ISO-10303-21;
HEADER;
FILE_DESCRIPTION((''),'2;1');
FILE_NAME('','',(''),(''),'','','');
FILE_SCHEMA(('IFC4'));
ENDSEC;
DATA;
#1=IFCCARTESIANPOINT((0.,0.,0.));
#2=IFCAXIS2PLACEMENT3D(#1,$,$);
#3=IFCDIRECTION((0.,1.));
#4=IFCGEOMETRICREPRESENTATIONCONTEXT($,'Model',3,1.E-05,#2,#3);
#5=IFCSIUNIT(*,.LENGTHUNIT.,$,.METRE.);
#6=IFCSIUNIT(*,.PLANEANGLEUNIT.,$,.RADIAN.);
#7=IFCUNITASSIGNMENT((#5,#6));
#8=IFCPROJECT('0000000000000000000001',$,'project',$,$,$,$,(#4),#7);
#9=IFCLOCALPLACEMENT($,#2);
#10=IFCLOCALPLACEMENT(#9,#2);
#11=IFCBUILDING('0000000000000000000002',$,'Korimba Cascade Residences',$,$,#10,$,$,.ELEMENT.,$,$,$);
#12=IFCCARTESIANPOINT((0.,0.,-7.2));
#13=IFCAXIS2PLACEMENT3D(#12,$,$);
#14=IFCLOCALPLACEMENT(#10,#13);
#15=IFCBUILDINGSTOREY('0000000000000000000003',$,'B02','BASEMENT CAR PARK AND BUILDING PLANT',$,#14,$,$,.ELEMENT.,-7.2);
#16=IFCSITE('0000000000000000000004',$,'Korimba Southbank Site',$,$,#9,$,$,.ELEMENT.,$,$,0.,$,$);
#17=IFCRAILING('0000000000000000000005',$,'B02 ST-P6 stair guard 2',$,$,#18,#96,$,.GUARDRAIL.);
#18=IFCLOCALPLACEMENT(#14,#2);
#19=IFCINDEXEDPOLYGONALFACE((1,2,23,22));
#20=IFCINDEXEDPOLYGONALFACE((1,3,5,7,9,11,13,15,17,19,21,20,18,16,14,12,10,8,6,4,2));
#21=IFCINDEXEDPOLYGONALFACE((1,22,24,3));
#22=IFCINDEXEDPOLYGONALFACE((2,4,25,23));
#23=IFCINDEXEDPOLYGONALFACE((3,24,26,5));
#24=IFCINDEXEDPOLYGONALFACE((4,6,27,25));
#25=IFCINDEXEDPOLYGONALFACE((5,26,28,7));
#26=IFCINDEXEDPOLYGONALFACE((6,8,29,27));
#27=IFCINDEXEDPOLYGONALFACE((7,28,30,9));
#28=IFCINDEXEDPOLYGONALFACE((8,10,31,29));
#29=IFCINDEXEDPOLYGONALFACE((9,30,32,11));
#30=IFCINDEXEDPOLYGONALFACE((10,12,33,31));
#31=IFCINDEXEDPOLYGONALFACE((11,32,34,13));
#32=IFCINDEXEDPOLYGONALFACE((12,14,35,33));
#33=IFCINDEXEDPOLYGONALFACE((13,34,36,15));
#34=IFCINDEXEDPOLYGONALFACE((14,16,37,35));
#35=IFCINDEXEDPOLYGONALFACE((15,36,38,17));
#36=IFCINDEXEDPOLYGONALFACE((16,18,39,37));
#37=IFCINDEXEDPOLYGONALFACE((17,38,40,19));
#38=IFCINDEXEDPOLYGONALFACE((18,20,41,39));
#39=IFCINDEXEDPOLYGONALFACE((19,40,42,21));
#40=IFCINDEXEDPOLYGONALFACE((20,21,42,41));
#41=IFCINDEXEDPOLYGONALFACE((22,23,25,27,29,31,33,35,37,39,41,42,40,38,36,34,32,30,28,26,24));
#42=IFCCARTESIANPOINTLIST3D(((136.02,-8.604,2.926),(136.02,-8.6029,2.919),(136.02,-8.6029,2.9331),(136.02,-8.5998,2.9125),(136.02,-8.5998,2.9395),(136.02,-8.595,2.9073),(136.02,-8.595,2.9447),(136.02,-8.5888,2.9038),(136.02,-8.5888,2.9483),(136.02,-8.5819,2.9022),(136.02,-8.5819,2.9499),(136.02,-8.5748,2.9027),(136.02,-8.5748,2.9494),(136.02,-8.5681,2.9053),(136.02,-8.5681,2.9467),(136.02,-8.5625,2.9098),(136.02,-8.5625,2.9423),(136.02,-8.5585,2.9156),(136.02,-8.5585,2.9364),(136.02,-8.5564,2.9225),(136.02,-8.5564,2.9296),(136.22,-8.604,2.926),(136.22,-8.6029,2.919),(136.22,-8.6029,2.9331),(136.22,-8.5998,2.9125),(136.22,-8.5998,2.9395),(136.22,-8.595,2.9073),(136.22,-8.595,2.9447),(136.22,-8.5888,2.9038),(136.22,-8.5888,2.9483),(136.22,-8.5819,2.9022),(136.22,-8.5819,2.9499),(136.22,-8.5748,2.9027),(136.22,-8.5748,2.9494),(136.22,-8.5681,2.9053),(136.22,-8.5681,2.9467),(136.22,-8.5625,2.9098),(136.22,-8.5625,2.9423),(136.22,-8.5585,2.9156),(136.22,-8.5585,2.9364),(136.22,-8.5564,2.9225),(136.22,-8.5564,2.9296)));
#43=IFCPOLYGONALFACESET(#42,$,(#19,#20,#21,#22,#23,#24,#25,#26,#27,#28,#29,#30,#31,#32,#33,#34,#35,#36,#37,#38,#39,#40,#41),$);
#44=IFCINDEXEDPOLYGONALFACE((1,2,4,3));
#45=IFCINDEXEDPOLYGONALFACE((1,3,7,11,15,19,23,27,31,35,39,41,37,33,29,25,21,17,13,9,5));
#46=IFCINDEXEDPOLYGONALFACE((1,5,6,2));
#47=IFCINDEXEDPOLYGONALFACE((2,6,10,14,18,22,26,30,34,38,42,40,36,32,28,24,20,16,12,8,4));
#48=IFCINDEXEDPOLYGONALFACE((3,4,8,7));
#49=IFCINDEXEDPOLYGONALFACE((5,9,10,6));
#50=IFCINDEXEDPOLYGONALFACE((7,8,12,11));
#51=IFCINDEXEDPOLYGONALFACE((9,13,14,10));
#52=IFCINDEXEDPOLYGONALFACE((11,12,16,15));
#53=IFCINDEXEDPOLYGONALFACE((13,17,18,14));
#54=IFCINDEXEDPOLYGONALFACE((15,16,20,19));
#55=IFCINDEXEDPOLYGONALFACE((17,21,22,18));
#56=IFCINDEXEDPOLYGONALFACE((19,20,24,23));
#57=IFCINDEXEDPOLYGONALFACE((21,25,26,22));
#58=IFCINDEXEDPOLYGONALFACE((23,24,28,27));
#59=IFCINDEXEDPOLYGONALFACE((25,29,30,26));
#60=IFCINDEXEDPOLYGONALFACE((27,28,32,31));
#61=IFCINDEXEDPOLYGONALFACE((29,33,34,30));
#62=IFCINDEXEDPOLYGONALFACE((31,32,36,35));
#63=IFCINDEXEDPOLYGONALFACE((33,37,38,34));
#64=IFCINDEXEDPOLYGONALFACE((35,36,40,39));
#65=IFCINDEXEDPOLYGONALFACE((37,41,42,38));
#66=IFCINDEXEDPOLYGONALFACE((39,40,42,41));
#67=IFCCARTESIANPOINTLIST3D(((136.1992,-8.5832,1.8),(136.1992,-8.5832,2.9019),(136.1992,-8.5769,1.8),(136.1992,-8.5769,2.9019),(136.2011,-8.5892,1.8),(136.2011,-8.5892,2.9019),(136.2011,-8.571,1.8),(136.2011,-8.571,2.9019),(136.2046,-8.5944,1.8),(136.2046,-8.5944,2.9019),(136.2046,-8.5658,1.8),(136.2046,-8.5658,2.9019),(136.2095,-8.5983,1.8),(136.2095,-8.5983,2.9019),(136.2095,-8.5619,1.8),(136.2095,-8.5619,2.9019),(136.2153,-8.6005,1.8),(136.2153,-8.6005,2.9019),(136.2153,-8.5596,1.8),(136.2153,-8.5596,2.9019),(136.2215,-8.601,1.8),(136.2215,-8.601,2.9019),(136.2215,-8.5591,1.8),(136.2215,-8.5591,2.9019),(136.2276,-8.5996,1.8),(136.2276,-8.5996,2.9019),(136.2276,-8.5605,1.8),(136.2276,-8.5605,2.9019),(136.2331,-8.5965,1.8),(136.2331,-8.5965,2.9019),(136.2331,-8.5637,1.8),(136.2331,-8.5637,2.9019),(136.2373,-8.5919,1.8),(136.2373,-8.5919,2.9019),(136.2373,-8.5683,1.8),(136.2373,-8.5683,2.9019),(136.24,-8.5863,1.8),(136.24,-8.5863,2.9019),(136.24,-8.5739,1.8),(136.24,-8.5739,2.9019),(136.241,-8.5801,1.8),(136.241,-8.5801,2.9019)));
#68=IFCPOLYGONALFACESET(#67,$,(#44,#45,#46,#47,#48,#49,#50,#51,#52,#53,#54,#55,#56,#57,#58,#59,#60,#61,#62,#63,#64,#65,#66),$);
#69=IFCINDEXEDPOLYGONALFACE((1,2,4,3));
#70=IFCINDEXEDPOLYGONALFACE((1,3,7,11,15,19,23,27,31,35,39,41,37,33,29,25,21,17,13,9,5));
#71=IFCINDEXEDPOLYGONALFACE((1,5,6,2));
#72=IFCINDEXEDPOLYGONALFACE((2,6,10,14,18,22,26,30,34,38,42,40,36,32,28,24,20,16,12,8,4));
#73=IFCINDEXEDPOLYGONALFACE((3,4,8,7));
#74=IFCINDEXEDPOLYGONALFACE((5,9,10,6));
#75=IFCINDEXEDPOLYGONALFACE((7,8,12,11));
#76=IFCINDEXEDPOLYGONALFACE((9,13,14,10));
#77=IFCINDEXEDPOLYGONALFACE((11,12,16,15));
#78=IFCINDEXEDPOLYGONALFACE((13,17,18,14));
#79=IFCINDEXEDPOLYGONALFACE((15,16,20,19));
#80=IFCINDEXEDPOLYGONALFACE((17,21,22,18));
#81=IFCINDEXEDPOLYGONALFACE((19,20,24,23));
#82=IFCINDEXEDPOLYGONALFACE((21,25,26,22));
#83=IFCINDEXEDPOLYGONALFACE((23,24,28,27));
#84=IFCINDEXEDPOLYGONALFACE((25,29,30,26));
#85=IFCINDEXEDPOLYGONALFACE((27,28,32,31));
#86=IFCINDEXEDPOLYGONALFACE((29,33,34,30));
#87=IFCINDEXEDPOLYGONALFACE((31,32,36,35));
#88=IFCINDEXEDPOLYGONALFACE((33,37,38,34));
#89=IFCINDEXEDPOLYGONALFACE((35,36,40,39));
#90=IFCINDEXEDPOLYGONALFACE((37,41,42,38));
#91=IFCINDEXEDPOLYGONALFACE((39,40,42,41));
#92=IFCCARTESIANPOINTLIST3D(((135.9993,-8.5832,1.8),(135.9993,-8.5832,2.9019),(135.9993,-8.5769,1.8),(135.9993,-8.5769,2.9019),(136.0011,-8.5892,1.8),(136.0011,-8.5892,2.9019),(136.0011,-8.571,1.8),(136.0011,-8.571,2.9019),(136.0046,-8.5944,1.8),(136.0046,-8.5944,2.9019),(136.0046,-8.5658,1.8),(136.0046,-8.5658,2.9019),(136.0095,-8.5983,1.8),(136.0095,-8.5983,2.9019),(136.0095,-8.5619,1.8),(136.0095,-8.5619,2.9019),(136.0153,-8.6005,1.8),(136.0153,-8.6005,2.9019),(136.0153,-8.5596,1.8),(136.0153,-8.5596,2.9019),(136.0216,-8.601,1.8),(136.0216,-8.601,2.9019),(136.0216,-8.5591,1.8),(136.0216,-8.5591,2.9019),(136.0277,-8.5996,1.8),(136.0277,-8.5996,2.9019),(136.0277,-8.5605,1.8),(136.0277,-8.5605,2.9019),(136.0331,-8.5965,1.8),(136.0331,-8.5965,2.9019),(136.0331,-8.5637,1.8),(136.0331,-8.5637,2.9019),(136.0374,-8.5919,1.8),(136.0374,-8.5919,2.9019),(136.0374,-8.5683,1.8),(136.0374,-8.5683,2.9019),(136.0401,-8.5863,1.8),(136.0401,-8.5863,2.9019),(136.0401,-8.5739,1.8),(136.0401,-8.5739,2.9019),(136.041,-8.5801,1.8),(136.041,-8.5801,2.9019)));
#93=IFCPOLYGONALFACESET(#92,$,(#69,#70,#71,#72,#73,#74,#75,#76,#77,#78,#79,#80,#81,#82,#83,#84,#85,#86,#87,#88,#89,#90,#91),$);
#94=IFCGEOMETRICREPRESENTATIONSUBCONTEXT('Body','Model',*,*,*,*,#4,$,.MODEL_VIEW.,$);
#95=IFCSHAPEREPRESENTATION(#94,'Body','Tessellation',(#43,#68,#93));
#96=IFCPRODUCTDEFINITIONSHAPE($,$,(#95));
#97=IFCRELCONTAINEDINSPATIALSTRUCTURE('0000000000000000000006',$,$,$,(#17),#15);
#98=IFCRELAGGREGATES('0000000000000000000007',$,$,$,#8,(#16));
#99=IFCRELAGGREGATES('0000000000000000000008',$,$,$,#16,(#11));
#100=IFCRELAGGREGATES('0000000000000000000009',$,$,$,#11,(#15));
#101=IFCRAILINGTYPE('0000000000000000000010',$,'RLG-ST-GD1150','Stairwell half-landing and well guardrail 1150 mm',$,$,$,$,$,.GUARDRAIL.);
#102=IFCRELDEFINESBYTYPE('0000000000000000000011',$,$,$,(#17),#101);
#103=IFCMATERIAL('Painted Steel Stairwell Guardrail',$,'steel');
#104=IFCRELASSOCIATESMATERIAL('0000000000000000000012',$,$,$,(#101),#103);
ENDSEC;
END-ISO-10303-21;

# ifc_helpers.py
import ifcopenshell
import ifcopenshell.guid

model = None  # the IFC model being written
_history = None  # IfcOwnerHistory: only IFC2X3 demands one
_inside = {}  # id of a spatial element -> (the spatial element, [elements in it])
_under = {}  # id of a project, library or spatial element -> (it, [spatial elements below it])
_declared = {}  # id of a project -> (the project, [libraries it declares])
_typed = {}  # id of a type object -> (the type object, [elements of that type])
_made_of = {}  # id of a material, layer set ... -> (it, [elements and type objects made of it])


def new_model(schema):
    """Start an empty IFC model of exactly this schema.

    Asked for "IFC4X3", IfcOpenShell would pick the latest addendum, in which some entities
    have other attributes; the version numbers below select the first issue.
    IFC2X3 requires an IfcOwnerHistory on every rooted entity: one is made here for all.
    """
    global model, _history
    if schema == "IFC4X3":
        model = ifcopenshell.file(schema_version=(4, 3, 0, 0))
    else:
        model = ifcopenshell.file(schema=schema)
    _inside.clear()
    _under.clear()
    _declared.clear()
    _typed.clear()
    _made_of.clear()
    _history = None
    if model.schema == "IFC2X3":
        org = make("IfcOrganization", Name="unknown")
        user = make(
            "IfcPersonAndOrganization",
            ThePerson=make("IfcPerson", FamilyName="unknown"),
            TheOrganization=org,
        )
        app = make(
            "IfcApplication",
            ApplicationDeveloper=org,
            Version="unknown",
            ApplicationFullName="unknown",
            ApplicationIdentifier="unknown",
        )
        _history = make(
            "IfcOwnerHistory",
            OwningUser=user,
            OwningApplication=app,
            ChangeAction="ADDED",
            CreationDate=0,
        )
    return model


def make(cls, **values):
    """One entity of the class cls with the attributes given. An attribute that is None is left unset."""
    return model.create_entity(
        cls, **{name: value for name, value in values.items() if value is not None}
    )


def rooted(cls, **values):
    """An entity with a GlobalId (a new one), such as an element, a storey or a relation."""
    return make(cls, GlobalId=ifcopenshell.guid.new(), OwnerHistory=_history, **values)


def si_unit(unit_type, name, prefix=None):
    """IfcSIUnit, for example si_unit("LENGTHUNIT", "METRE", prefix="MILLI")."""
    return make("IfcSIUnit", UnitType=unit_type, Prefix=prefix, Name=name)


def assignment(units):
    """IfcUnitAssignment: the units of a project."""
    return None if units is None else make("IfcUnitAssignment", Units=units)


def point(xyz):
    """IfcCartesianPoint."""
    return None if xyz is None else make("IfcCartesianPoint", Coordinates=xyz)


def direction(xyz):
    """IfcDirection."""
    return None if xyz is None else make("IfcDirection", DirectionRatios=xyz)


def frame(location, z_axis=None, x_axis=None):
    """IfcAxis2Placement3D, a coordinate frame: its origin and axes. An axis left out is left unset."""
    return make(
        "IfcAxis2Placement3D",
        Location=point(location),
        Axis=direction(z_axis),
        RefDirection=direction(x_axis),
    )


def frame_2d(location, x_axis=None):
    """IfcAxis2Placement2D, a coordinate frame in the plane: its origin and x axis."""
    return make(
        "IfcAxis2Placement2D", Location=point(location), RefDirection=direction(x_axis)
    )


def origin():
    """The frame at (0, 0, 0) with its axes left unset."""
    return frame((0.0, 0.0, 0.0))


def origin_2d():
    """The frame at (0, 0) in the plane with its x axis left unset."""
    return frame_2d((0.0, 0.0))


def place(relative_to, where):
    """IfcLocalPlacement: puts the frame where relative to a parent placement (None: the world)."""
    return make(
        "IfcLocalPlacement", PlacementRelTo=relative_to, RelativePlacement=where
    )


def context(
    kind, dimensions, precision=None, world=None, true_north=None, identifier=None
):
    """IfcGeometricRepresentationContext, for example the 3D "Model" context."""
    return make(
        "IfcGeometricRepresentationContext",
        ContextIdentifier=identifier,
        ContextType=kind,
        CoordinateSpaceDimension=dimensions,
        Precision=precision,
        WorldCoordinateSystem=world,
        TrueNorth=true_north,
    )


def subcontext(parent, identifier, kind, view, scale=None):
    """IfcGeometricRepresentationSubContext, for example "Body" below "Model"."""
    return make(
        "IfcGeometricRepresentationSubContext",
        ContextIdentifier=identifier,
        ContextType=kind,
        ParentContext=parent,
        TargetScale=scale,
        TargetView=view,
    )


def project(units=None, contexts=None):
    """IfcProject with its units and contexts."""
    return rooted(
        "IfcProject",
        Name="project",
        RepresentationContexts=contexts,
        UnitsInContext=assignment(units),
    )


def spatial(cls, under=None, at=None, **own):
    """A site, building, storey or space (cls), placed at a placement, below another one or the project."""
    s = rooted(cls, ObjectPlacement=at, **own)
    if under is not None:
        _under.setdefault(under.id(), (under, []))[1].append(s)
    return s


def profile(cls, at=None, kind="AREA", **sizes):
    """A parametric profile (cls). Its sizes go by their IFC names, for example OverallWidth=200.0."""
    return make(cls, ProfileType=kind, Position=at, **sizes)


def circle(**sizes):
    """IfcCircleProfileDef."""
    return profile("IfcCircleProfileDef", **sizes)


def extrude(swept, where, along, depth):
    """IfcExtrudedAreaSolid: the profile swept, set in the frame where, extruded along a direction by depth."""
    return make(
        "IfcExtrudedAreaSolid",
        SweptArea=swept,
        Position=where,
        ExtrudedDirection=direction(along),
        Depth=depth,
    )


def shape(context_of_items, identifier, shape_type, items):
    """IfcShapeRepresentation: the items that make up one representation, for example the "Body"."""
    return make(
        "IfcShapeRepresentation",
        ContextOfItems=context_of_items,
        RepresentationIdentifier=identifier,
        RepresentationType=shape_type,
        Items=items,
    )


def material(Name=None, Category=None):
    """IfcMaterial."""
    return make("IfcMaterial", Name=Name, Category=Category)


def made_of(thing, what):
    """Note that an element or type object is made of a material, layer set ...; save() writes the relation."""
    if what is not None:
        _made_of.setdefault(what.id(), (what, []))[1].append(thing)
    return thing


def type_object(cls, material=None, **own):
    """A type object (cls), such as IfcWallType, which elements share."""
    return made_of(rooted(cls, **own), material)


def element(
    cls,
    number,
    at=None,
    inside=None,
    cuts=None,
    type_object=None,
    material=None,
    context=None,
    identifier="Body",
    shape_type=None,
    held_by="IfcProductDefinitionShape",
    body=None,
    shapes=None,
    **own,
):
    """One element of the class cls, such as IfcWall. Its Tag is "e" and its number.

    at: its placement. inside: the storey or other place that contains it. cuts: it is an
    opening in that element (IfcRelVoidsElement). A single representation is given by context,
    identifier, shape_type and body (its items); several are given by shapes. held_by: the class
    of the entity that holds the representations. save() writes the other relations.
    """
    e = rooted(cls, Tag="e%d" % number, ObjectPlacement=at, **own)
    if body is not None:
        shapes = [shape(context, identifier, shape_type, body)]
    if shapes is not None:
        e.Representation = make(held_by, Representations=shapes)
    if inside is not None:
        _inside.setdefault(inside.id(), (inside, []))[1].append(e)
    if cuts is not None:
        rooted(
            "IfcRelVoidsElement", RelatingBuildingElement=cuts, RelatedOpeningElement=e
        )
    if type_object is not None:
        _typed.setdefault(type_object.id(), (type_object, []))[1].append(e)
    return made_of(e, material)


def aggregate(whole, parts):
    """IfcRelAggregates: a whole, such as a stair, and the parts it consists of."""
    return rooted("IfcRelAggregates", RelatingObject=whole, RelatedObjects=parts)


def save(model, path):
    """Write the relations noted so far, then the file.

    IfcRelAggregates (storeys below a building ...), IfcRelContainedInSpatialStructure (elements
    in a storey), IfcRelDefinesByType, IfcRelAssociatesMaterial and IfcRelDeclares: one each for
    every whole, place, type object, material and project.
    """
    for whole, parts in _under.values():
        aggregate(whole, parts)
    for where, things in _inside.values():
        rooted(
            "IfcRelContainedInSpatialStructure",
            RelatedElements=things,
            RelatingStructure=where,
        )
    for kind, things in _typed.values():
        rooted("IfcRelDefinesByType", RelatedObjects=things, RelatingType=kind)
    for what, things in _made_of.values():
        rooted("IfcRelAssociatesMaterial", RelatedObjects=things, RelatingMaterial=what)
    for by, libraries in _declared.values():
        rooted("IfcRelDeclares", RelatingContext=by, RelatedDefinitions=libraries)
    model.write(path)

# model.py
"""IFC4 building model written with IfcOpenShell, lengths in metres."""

from ifc_helpers import new_model, si_unit, direction, frame, origin, origin_2d, place, context, subcontext, project, spatial, circle, extrude, material, type_object, element, save


model = new_model("IFC4")

# Units and contexts
model_context = context("Model", 3, precision=1e-05, world=origin(), true_north=direction((0.0, 1.0)))
body_context = subcontext(model_context, "Body", "Model", "MODEL_VIEW")
ifc_project = project(units=[si_unit("LENGTHUNIT", "METRE"), si_unit("PLANEANGLEUNIT", "RADIAN")], contexts=[model_context])

# Site, building, storey
site_placement = place(None, origin())
site = spatial("IfcSite", under=ifc_project, at=site_placement, Name="Korimba Southbank Site", CompositionType="ELEMENT", RefElevation=0.0)
building_placement = place(site_placement, origin())
building = spatial("IfcBuilding", under=site, at=building_placement, Name="Korimba Cascade Residences", CompositionType="ELEMENT")
storey_placement = place(building_placement, frame((0.0, 0.0, -7.2)))
storey = spatial("IfcBuildingStorey", under=building, at=storey_placement, Name="B02", Description="BASEMENT CAR PARK AND BUILDING PLANT", CompositionType="ELEMENT", Elevation=-7.2)

# Railing
ifc_material_1 = material(Name="Painted Steel Stairwell Guardrail", Category="steel")
railing_type_1 = type_object("IfcRailingType", Name="RLG-ST-GD1150", Description="Stairwell half-landing and well guardrail 1150 mm", PredefinedType="GUARDRAIL", material=ifc_material_1)
railing_1_placement = place(storey_placement, frame((136.22, -8.5801, 1.8)))
element("IfcRailing", 1, at=railing_1_placement, inside=storey, type_object=railing_type_1, Name="B02 ST-P6 stair guard 2", PredefinedType="GUARDRAIL", context=body_context, shape_type="SweptSolid", body=[
    extrude(circle(Radius=0.0239, at=origin_2d()), frame((0.0, 0.0, 1.126), z_axis=(-1.0, 0.0, 0.0), x_axis=(0.0, -1.0, 0.0)), (0.0, 0.0, 1.0), 0.2),
    extrude(circle(Radius=0.021, at=origin_2d()), origin(), (0.0, 0.0, 1.0), 1.1018),
    extrude(circle(Radius=0.021, at=origin_2d()), frame((-0.2, 0.0, 0.0)), (0.0, 0.0, 1.0), 1.1018),
])

save(model, "model.ifc")
